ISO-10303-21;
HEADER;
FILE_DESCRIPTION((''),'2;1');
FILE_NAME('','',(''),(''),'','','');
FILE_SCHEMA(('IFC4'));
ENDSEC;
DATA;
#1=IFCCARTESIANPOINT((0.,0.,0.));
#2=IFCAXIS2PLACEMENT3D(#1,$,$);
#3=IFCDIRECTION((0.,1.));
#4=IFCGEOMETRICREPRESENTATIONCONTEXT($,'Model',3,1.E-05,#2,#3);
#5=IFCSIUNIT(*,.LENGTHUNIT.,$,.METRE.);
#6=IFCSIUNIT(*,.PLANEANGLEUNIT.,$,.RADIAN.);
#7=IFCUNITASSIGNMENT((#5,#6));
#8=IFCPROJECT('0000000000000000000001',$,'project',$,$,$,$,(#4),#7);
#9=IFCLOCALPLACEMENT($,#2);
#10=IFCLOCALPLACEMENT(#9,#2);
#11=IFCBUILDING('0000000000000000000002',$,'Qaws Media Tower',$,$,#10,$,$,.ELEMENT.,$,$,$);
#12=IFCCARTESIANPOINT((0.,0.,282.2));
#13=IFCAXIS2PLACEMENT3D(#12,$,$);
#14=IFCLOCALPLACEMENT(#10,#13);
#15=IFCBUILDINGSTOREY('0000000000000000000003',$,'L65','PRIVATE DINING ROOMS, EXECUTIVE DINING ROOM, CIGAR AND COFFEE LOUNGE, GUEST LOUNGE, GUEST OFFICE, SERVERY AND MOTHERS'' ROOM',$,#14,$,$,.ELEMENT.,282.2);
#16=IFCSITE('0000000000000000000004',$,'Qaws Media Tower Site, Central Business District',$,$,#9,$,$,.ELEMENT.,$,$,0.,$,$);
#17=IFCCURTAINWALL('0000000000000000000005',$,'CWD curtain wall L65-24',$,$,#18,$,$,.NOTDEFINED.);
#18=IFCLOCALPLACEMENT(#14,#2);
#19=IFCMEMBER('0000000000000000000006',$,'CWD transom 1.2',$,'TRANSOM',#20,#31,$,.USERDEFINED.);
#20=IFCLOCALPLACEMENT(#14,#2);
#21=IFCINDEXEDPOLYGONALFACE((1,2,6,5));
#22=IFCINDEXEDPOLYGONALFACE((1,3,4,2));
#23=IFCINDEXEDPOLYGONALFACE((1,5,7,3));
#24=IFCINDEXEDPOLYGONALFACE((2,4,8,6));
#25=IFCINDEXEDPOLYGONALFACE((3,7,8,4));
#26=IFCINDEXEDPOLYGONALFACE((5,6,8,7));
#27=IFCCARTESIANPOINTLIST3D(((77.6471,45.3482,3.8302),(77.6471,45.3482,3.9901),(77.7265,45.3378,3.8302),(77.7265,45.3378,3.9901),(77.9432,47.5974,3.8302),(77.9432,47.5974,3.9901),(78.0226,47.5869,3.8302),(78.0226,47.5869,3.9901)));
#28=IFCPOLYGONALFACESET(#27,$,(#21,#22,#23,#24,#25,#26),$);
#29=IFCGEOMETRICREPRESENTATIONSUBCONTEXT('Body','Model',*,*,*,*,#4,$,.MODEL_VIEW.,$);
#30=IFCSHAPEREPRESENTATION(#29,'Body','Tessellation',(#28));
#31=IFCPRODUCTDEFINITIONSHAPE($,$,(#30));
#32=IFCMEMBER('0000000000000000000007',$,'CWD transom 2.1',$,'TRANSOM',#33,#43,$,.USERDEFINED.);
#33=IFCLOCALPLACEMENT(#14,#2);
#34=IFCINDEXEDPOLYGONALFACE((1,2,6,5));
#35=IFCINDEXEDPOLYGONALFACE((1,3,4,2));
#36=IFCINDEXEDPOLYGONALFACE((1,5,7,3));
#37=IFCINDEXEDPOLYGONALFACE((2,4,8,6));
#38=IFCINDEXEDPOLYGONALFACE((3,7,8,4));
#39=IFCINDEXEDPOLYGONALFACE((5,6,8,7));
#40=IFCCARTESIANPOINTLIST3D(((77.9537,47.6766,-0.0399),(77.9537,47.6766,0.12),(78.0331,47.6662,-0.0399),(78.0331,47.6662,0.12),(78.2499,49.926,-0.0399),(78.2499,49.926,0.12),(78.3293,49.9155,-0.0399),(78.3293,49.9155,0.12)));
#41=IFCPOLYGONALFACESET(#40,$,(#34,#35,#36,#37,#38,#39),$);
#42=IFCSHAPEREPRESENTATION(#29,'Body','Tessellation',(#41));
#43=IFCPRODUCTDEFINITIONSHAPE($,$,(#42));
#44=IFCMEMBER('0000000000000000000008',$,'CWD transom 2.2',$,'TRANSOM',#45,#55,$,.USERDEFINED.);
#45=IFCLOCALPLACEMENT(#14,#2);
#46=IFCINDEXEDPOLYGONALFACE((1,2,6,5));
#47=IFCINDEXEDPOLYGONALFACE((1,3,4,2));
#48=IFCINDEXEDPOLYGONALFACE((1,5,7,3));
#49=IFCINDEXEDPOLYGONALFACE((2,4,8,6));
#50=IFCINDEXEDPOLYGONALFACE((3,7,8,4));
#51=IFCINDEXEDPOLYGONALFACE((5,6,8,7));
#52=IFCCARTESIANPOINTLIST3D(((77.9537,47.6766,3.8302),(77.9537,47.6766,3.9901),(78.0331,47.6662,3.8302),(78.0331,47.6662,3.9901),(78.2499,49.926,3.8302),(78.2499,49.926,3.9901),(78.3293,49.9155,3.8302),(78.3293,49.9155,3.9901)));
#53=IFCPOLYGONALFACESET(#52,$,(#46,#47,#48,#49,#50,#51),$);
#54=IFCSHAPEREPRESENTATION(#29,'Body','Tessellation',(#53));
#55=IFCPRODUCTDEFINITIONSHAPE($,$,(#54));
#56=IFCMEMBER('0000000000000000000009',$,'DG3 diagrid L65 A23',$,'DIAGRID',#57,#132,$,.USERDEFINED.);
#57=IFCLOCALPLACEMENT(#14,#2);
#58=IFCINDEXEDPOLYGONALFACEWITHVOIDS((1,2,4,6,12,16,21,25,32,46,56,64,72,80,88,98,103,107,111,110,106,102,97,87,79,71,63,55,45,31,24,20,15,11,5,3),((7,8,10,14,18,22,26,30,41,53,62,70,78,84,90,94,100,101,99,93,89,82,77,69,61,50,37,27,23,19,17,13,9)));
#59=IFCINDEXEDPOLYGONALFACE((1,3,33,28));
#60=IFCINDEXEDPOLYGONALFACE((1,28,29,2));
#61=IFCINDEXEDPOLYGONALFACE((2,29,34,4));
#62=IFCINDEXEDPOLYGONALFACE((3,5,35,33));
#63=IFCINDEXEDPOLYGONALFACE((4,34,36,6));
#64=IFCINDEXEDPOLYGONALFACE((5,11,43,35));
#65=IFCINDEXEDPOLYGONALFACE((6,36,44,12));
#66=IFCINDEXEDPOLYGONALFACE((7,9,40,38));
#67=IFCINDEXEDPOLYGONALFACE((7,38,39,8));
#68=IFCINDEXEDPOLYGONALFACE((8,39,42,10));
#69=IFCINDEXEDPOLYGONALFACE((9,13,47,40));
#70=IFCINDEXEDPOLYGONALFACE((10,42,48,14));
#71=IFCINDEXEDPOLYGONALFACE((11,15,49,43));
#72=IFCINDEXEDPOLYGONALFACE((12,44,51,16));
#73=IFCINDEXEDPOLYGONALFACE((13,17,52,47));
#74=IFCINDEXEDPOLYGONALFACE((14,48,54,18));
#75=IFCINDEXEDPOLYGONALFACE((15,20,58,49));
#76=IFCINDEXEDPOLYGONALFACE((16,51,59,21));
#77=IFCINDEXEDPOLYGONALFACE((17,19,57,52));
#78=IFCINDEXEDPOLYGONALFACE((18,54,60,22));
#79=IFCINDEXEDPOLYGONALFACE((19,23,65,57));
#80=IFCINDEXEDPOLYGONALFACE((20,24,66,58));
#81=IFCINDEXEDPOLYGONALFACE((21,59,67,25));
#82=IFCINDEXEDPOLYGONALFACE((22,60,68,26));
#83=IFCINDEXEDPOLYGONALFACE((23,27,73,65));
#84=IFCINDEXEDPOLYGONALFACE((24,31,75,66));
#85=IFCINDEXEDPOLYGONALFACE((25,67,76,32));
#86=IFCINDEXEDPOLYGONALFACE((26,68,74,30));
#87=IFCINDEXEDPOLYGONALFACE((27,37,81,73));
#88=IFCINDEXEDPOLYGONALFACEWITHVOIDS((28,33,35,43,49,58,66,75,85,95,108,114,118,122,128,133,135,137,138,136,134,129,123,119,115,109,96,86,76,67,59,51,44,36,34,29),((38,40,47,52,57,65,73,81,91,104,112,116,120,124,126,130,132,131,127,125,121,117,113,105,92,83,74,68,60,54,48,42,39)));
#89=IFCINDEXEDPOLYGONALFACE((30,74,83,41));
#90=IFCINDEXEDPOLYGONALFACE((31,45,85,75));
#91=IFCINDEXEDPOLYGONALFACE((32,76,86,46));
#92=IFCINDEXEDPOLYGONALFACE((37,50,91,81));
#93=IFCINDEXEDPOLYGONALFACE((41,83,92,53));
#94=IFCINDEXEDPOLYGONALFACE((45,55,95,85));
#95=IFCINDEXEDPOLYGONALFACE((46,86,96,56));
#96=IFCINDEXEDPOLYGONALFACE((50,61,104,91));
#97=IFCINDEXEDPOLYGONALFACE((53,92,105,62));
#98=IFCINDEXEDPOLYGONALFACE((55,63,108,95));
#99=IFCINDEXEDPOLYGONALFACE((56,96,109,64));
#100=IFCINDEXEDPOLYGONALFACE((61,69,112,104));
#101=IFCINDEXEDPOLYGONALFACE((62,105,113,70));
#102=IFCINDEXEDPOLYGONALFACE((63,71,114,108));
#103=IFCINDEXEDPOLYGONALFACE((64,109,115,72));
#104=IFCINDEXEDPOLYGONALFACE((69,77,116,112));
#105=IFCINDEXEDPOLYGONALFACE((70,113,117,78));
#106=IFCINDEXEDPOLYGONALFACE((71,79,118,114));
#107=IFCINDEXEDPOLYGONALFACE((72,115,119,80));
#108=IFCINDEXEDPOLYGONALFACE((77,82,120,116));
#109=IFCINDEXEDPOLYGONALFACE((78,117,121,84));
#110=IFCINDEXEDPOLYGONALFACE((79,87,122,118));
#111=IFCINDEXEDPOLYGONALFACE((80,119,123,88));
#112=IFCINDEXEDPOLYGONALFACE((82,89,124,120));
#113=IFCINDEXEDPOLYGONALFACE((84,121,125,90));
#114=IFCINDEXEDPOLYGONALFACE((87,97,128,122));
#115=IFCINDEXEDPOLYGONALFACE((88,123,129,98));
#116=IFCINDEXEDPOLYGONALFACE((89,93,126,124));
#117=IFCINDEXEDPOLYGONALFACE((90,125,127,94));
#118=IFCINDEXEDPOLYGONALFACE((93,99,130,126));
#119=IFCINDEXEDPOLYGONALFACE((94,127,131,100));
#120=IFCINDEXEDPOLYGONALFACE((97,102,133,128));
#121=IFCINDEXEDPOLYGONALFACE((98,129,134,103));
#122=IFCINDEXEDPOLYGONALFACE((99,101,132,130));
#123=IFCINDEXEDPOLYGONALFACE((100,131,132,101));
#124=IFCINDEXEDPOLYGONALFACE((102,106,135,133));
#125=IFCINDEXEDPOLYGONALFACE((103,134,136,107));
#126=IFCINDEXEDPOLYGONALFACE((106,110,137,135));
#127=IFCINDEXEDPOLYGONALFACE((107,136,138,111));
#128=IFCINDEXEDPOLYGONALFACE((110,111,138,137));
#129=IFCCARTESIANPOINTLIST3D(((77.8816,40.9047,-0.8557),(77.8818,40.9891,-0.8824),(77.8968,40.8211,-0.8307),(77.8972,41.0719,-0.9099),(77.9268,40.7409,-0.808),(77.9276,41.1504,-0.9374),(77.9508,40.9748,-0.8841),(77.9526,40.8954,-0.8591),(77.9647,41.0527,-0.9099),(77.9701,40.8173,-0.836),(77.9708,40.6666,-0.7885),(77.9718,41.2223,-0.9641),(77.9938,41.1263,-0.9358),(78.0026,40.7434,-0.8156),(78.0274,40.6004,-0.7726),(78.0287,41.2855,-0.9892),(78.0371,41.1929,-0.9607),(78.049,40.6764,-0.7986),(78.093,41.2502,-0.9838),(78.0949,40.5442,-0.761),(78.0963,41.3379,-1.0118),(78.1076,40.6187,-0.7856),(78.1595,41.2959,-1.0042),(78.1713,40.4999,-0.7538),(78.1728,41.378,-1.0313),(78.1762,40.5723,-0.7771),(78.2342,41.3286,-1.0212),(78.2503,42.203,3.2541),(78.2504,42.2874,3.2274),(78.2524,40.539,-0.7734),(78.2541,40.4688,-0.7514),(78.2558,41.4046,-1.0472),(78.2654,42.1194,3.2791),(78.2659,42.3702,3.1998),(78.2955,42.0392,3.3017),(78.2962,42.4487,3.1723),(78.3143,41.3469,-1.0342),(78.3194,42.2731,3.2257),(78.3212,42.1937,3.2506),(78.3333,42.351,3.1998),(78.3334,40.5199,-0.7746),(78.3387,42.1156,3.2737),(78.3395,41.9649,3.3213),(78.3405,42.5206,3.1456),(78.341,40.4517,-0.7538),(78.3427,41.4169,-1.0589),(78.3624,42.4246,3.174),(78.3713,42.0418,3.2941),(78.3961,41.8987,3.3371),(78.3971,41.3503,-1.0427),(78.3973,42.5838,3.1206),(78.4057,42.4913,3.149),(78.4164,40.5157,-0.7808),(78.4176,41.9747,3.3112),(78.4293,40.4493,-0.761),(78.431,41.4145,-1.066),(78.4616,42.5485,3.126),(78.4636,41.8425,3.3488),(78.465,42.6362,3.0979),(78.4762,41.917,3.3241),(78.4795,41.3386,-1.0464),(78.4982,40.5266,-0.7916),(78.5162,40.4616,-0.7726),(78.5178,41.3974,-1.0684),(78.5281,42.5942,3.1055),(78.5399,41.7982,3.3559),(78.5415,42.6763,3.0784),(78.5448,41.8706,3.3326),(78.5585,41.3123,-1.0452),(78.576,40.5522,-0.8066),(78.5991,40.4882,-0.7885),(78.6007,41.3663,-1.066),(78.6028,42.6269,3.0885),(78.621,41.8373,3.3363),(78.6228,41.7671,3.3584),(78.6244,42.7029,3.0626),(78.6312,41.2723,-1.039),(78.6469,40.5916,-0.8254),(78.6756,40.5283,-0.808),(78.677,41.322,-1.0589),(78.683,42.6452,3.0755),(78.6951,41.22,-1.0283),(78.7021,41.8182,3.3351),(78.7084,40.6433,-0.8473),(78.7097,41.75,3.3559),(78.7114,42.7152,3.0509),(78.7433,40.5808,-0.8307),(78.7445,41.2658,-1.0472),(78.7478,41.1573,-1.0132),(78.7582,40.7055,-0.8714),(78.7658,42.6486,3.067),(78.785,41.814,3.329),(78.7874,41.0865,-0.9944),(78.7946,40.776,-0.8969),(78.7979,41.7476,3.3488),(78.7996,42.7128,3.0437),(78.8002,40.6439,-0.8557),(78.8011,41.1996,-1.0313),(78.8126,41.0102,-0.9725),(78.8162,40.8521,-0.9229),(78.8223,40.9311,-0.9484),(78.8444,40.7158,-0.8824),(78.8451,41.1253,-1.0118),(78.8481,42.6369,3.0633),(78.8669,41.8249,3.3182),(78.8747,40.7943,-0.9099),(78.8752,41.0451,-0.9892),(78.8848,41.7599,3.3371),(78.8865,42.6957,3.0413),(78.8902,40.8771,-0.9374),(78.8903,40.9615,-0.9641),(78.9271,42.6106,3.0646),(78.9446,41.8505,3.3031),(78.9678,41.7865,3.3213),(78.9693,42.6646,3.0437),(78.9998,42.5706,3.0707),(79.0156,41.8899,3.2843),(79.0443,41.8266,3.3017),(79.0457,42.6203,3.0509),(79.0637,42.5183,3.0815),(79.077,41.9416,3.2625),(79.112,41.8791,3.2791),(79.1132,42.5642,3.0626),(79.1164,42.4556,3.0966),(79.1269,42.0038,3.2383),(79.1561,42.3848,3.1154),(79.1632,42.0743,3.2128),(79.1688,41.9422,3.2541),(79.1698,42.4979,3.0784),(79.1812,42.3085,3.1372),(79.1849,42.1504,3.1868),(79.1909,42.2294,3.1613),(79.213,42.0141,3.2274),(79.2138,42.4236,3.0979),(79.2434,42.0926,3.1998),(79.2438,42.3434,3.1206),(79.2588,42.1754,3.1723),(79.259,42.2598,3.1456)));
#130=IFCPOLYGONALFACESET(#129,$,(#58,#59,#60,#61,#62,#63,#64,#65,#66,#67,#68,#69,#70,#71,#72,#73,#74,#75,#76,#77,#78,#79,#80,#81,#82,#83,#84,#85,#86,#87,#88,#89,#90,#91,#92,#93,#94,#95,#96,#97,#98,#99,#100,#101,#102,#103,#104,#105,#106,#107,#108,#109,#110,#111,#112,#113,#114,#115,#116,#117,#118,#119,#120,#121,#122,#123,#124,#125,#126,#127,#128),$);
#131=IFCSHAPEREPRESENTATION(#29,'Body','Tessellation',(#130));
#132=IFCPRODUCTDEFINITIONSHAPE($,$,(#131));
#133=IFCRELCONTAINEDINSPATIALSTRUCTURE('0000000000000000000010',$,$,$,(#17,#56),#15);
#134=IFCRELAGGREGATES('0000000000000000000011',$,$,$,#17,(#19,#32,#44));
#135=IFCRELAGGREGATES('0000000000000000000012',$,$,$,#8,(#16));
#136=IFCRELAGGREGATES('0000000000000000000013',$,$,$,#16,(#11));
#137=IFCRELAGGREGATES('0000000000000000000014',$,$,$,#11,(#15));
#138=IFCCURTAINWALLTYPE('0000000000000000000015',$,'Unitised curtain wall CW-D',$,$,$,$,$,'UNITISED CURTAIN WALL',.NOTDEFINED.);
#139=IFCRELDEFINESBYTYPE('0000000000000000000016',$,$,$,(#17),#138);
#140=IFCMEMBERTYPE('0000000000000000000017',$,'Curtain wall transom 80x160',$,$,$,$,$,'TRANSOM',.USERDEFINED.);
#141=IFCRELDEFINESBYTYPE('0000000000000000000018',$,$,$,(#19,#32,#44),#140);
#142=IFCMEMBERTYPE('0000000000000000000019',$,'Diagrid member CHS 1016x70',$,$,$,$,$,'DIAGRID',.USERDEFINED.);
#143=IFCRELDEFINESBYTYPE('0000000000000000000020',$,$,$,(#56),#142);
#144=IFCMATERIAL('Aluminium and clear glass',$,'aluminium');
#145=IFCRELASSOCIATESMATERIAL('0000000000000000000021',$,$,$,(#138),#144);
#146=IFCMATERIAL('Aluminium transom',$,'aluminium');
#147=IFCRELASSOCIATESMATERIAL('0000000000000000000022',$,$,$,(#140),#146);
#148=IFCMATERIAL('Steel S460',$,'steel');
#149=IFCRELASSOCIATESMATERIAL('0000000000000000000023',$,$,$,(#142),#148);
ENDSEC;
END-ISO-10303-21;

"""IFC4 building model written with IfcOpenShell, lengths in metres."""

from ifc_helpers import new_model, si_unit, direction, frame, origin, origin_2d, place, context, subcontext, project, spatial, rectangle, hollow_circle, extrude, material, material_profile, profile_set, type_object, element, aggregate, save


model = new_model("IFC4")

# Units and contexts
model_context = context("Model", 3, precision=1e-05, world=origin(), true_north=direction((0.0, 1.0)))
body_context = subcontext(model_context, "Body", "Model", "MODEL_VIEW")
ifc_project = project(units=[si_unit("LENGTHUNIT", "METRE"), si_unit("PLANEANGLEUNIT", "RADIAN")], contexts=[model_context])

# Site, building, storey
site_placement = place(None, origin())
site = spatial("IfcSite", under=ifc_project, at=site_placement, Name="Qaws Media Tower Site, Central Business District", CompositionType="ELEMENT", RefElevation=0.0)
building_placement = place(site_placement, origin())
building = spatial("IfcBuilding", under=site, at=building_placement, Name="Qaws Media Tower", CompositionType="ELEMENT")
storey_placement = place(building_placement, frame((0.0, 0.0, 282.2)))
storey = spatial("IfcBuildingStorey", under=building, at=storey_placement, Name="L65", Description="PRIVATE DINING ROOMS, EXECUTIVE DINING ROOM, CIGAR AND COFFEE LOUNGE, GUEST LOUNGE, GUEST OFFICE, SERVERY AND MOTHERS' ROOM", CompositionType="ELEMENT", Elevation=282.2)

# Curtain wall
ifc_material_1 = material(Name="Aluminium and clear glass", Category="aluminium")
curtain_wall_type = type_object("IfcCurtainWallType", Name="Unitised curtain wall CW-D", ElementType="UNITISED CURTAIN WALL", PredefinedType="NOTDEFINED", material=ifc_material_1)
curtain_wall_1_placement = place(storey_placement, origin())
curtain_wall_1 = element("IfcCurtainWall", 1, at=curtain_wall_1_placement, inside=storey, type_object=curtain_wall_type, Name="CWD curtain wall L65-24", PredefinedType="NOTDEFINED")

# Members
ifc_material_2 = material(Name="Aluminium transom", Category="aluminium")
ifc_material_profile_1 = material_profile(ifc_material_2, rectangle(XDim=0.0801, YDim=0.1599, at=origin_2d()), Name="80x160")
ifc_profile_set_1 = profile_set([ifc_material_profile_1], Name="Aluminium transom")
member_type_1 = type_object("IfcMemberType", Name="Curtain wall transom 80x160", ElementType="TRANSOM", PredefinedType="USERDEFINED", material=ifc_profile_set_1)
member_1_placement = place(storey_placement, frame((77.6868, 45.343, 3.9102), z_axis=(0.130549, 0.991442, 0.0), x_axis=(-0.991442, 0.130549, 0.0)))
member_1 = element("IfcMember", 2, at=member_1_placement, type_object=member_type_1, Name="CWD transom 1.2", ObjectType="TRANSOM", PredefinedType="USERDEFINED", context=body_context, shape_type="SweptSolid", body=[
    extrude(rectangle(XDim=0.0801, YDim=0.1599, at=origin_2d()), origin(), (0.0, 0.0, 1.0), 2.2686),
])
member_2_placement = place(storey_placement, frame((77.9934, 47.6714, 0.04), z_axis=(0.130535, 0.991444, 0.0), x_axis=(-0.991444, 0.130535, 0.0)))
member_2 = element("IfcMember", 3, at=member_2_placement, type_object=member_type_1, Name="CWD transom 2.1", ObjectType="TRANSOM", PredefinedType="USERDEFINED", context=body_context, shape_type="SweptSolid", body=[
    extrude(rectangle(XDim=0.0801, YDim=0.1599, at=origin_2d()), origin(), (0.0, 0.0, 1.0), 2.2688),
])
member_3_placement = place(storey_placement, frame((77.9934, 47.6714, 3.9102), z_axis=(0.130535, 0.991444, 0.0), x_axis=(-0.991444, 0.130535, 0.0)))
member_3 = element("IfcMember", 4, at=member_3_placement, type_object=member_type_1, Name="CWD transom 2.2", ObjectType="TRANSOM", PredefinedType="USERDEFINED", context=body_context, shape_type="SweptSolid", body=[
    extrude(rectangle(XDim=0.0801, YDim=0.1599, at=origin_2d()), origin(), (0.0, 0.0, 1.0), 2.2688),
])

# Member
ifc_material_3 = material(Name="Steel S460", Category="steel")
ifc_material_profile_2 = material_profile(ifc_material_3, hollow_circle(Radius=0.5081, WallThickness=0.0701, at=origin_2d()), Name="CHS 1016x70")
ifc_profile_set_2 = profile_set([ifc_material_profile_2], Name="Steel S460")
member_type_2 = type_object("IfcMemberType", Name="Diagrid member CHS 1016x70", ElementType="DIAGRID", PredefinedType="USERDEFINED", material=ifc_profile_set_2)
member_4_placement = place(storey_placement, frame((78.386, 40.9331, -0.9099), z_axis=(0.085222, 0.300138, 0.950081), x_axis=(-0.961973, 0.273144, 0.0)))
element("IfcMember", 5, at=member_4_placement, inside=storey, type_object=member_type_2, Name="DG3 diagrid L65 A23", ObjectType="DIAGRID", PredefinedType="USERDEFINED", context=body_context, shape_type="SweptSolid", body=[
    extrude(hollow_circle(Radius=0.5081, WallThickness=0.0701, at=origin_2d()), origin(), (0.0, 0.0, 1.0), 4.3257),
])

aggregate(curtain_wall_1, [member_1, member_2, member_3])

save(model, "model.ifc")
